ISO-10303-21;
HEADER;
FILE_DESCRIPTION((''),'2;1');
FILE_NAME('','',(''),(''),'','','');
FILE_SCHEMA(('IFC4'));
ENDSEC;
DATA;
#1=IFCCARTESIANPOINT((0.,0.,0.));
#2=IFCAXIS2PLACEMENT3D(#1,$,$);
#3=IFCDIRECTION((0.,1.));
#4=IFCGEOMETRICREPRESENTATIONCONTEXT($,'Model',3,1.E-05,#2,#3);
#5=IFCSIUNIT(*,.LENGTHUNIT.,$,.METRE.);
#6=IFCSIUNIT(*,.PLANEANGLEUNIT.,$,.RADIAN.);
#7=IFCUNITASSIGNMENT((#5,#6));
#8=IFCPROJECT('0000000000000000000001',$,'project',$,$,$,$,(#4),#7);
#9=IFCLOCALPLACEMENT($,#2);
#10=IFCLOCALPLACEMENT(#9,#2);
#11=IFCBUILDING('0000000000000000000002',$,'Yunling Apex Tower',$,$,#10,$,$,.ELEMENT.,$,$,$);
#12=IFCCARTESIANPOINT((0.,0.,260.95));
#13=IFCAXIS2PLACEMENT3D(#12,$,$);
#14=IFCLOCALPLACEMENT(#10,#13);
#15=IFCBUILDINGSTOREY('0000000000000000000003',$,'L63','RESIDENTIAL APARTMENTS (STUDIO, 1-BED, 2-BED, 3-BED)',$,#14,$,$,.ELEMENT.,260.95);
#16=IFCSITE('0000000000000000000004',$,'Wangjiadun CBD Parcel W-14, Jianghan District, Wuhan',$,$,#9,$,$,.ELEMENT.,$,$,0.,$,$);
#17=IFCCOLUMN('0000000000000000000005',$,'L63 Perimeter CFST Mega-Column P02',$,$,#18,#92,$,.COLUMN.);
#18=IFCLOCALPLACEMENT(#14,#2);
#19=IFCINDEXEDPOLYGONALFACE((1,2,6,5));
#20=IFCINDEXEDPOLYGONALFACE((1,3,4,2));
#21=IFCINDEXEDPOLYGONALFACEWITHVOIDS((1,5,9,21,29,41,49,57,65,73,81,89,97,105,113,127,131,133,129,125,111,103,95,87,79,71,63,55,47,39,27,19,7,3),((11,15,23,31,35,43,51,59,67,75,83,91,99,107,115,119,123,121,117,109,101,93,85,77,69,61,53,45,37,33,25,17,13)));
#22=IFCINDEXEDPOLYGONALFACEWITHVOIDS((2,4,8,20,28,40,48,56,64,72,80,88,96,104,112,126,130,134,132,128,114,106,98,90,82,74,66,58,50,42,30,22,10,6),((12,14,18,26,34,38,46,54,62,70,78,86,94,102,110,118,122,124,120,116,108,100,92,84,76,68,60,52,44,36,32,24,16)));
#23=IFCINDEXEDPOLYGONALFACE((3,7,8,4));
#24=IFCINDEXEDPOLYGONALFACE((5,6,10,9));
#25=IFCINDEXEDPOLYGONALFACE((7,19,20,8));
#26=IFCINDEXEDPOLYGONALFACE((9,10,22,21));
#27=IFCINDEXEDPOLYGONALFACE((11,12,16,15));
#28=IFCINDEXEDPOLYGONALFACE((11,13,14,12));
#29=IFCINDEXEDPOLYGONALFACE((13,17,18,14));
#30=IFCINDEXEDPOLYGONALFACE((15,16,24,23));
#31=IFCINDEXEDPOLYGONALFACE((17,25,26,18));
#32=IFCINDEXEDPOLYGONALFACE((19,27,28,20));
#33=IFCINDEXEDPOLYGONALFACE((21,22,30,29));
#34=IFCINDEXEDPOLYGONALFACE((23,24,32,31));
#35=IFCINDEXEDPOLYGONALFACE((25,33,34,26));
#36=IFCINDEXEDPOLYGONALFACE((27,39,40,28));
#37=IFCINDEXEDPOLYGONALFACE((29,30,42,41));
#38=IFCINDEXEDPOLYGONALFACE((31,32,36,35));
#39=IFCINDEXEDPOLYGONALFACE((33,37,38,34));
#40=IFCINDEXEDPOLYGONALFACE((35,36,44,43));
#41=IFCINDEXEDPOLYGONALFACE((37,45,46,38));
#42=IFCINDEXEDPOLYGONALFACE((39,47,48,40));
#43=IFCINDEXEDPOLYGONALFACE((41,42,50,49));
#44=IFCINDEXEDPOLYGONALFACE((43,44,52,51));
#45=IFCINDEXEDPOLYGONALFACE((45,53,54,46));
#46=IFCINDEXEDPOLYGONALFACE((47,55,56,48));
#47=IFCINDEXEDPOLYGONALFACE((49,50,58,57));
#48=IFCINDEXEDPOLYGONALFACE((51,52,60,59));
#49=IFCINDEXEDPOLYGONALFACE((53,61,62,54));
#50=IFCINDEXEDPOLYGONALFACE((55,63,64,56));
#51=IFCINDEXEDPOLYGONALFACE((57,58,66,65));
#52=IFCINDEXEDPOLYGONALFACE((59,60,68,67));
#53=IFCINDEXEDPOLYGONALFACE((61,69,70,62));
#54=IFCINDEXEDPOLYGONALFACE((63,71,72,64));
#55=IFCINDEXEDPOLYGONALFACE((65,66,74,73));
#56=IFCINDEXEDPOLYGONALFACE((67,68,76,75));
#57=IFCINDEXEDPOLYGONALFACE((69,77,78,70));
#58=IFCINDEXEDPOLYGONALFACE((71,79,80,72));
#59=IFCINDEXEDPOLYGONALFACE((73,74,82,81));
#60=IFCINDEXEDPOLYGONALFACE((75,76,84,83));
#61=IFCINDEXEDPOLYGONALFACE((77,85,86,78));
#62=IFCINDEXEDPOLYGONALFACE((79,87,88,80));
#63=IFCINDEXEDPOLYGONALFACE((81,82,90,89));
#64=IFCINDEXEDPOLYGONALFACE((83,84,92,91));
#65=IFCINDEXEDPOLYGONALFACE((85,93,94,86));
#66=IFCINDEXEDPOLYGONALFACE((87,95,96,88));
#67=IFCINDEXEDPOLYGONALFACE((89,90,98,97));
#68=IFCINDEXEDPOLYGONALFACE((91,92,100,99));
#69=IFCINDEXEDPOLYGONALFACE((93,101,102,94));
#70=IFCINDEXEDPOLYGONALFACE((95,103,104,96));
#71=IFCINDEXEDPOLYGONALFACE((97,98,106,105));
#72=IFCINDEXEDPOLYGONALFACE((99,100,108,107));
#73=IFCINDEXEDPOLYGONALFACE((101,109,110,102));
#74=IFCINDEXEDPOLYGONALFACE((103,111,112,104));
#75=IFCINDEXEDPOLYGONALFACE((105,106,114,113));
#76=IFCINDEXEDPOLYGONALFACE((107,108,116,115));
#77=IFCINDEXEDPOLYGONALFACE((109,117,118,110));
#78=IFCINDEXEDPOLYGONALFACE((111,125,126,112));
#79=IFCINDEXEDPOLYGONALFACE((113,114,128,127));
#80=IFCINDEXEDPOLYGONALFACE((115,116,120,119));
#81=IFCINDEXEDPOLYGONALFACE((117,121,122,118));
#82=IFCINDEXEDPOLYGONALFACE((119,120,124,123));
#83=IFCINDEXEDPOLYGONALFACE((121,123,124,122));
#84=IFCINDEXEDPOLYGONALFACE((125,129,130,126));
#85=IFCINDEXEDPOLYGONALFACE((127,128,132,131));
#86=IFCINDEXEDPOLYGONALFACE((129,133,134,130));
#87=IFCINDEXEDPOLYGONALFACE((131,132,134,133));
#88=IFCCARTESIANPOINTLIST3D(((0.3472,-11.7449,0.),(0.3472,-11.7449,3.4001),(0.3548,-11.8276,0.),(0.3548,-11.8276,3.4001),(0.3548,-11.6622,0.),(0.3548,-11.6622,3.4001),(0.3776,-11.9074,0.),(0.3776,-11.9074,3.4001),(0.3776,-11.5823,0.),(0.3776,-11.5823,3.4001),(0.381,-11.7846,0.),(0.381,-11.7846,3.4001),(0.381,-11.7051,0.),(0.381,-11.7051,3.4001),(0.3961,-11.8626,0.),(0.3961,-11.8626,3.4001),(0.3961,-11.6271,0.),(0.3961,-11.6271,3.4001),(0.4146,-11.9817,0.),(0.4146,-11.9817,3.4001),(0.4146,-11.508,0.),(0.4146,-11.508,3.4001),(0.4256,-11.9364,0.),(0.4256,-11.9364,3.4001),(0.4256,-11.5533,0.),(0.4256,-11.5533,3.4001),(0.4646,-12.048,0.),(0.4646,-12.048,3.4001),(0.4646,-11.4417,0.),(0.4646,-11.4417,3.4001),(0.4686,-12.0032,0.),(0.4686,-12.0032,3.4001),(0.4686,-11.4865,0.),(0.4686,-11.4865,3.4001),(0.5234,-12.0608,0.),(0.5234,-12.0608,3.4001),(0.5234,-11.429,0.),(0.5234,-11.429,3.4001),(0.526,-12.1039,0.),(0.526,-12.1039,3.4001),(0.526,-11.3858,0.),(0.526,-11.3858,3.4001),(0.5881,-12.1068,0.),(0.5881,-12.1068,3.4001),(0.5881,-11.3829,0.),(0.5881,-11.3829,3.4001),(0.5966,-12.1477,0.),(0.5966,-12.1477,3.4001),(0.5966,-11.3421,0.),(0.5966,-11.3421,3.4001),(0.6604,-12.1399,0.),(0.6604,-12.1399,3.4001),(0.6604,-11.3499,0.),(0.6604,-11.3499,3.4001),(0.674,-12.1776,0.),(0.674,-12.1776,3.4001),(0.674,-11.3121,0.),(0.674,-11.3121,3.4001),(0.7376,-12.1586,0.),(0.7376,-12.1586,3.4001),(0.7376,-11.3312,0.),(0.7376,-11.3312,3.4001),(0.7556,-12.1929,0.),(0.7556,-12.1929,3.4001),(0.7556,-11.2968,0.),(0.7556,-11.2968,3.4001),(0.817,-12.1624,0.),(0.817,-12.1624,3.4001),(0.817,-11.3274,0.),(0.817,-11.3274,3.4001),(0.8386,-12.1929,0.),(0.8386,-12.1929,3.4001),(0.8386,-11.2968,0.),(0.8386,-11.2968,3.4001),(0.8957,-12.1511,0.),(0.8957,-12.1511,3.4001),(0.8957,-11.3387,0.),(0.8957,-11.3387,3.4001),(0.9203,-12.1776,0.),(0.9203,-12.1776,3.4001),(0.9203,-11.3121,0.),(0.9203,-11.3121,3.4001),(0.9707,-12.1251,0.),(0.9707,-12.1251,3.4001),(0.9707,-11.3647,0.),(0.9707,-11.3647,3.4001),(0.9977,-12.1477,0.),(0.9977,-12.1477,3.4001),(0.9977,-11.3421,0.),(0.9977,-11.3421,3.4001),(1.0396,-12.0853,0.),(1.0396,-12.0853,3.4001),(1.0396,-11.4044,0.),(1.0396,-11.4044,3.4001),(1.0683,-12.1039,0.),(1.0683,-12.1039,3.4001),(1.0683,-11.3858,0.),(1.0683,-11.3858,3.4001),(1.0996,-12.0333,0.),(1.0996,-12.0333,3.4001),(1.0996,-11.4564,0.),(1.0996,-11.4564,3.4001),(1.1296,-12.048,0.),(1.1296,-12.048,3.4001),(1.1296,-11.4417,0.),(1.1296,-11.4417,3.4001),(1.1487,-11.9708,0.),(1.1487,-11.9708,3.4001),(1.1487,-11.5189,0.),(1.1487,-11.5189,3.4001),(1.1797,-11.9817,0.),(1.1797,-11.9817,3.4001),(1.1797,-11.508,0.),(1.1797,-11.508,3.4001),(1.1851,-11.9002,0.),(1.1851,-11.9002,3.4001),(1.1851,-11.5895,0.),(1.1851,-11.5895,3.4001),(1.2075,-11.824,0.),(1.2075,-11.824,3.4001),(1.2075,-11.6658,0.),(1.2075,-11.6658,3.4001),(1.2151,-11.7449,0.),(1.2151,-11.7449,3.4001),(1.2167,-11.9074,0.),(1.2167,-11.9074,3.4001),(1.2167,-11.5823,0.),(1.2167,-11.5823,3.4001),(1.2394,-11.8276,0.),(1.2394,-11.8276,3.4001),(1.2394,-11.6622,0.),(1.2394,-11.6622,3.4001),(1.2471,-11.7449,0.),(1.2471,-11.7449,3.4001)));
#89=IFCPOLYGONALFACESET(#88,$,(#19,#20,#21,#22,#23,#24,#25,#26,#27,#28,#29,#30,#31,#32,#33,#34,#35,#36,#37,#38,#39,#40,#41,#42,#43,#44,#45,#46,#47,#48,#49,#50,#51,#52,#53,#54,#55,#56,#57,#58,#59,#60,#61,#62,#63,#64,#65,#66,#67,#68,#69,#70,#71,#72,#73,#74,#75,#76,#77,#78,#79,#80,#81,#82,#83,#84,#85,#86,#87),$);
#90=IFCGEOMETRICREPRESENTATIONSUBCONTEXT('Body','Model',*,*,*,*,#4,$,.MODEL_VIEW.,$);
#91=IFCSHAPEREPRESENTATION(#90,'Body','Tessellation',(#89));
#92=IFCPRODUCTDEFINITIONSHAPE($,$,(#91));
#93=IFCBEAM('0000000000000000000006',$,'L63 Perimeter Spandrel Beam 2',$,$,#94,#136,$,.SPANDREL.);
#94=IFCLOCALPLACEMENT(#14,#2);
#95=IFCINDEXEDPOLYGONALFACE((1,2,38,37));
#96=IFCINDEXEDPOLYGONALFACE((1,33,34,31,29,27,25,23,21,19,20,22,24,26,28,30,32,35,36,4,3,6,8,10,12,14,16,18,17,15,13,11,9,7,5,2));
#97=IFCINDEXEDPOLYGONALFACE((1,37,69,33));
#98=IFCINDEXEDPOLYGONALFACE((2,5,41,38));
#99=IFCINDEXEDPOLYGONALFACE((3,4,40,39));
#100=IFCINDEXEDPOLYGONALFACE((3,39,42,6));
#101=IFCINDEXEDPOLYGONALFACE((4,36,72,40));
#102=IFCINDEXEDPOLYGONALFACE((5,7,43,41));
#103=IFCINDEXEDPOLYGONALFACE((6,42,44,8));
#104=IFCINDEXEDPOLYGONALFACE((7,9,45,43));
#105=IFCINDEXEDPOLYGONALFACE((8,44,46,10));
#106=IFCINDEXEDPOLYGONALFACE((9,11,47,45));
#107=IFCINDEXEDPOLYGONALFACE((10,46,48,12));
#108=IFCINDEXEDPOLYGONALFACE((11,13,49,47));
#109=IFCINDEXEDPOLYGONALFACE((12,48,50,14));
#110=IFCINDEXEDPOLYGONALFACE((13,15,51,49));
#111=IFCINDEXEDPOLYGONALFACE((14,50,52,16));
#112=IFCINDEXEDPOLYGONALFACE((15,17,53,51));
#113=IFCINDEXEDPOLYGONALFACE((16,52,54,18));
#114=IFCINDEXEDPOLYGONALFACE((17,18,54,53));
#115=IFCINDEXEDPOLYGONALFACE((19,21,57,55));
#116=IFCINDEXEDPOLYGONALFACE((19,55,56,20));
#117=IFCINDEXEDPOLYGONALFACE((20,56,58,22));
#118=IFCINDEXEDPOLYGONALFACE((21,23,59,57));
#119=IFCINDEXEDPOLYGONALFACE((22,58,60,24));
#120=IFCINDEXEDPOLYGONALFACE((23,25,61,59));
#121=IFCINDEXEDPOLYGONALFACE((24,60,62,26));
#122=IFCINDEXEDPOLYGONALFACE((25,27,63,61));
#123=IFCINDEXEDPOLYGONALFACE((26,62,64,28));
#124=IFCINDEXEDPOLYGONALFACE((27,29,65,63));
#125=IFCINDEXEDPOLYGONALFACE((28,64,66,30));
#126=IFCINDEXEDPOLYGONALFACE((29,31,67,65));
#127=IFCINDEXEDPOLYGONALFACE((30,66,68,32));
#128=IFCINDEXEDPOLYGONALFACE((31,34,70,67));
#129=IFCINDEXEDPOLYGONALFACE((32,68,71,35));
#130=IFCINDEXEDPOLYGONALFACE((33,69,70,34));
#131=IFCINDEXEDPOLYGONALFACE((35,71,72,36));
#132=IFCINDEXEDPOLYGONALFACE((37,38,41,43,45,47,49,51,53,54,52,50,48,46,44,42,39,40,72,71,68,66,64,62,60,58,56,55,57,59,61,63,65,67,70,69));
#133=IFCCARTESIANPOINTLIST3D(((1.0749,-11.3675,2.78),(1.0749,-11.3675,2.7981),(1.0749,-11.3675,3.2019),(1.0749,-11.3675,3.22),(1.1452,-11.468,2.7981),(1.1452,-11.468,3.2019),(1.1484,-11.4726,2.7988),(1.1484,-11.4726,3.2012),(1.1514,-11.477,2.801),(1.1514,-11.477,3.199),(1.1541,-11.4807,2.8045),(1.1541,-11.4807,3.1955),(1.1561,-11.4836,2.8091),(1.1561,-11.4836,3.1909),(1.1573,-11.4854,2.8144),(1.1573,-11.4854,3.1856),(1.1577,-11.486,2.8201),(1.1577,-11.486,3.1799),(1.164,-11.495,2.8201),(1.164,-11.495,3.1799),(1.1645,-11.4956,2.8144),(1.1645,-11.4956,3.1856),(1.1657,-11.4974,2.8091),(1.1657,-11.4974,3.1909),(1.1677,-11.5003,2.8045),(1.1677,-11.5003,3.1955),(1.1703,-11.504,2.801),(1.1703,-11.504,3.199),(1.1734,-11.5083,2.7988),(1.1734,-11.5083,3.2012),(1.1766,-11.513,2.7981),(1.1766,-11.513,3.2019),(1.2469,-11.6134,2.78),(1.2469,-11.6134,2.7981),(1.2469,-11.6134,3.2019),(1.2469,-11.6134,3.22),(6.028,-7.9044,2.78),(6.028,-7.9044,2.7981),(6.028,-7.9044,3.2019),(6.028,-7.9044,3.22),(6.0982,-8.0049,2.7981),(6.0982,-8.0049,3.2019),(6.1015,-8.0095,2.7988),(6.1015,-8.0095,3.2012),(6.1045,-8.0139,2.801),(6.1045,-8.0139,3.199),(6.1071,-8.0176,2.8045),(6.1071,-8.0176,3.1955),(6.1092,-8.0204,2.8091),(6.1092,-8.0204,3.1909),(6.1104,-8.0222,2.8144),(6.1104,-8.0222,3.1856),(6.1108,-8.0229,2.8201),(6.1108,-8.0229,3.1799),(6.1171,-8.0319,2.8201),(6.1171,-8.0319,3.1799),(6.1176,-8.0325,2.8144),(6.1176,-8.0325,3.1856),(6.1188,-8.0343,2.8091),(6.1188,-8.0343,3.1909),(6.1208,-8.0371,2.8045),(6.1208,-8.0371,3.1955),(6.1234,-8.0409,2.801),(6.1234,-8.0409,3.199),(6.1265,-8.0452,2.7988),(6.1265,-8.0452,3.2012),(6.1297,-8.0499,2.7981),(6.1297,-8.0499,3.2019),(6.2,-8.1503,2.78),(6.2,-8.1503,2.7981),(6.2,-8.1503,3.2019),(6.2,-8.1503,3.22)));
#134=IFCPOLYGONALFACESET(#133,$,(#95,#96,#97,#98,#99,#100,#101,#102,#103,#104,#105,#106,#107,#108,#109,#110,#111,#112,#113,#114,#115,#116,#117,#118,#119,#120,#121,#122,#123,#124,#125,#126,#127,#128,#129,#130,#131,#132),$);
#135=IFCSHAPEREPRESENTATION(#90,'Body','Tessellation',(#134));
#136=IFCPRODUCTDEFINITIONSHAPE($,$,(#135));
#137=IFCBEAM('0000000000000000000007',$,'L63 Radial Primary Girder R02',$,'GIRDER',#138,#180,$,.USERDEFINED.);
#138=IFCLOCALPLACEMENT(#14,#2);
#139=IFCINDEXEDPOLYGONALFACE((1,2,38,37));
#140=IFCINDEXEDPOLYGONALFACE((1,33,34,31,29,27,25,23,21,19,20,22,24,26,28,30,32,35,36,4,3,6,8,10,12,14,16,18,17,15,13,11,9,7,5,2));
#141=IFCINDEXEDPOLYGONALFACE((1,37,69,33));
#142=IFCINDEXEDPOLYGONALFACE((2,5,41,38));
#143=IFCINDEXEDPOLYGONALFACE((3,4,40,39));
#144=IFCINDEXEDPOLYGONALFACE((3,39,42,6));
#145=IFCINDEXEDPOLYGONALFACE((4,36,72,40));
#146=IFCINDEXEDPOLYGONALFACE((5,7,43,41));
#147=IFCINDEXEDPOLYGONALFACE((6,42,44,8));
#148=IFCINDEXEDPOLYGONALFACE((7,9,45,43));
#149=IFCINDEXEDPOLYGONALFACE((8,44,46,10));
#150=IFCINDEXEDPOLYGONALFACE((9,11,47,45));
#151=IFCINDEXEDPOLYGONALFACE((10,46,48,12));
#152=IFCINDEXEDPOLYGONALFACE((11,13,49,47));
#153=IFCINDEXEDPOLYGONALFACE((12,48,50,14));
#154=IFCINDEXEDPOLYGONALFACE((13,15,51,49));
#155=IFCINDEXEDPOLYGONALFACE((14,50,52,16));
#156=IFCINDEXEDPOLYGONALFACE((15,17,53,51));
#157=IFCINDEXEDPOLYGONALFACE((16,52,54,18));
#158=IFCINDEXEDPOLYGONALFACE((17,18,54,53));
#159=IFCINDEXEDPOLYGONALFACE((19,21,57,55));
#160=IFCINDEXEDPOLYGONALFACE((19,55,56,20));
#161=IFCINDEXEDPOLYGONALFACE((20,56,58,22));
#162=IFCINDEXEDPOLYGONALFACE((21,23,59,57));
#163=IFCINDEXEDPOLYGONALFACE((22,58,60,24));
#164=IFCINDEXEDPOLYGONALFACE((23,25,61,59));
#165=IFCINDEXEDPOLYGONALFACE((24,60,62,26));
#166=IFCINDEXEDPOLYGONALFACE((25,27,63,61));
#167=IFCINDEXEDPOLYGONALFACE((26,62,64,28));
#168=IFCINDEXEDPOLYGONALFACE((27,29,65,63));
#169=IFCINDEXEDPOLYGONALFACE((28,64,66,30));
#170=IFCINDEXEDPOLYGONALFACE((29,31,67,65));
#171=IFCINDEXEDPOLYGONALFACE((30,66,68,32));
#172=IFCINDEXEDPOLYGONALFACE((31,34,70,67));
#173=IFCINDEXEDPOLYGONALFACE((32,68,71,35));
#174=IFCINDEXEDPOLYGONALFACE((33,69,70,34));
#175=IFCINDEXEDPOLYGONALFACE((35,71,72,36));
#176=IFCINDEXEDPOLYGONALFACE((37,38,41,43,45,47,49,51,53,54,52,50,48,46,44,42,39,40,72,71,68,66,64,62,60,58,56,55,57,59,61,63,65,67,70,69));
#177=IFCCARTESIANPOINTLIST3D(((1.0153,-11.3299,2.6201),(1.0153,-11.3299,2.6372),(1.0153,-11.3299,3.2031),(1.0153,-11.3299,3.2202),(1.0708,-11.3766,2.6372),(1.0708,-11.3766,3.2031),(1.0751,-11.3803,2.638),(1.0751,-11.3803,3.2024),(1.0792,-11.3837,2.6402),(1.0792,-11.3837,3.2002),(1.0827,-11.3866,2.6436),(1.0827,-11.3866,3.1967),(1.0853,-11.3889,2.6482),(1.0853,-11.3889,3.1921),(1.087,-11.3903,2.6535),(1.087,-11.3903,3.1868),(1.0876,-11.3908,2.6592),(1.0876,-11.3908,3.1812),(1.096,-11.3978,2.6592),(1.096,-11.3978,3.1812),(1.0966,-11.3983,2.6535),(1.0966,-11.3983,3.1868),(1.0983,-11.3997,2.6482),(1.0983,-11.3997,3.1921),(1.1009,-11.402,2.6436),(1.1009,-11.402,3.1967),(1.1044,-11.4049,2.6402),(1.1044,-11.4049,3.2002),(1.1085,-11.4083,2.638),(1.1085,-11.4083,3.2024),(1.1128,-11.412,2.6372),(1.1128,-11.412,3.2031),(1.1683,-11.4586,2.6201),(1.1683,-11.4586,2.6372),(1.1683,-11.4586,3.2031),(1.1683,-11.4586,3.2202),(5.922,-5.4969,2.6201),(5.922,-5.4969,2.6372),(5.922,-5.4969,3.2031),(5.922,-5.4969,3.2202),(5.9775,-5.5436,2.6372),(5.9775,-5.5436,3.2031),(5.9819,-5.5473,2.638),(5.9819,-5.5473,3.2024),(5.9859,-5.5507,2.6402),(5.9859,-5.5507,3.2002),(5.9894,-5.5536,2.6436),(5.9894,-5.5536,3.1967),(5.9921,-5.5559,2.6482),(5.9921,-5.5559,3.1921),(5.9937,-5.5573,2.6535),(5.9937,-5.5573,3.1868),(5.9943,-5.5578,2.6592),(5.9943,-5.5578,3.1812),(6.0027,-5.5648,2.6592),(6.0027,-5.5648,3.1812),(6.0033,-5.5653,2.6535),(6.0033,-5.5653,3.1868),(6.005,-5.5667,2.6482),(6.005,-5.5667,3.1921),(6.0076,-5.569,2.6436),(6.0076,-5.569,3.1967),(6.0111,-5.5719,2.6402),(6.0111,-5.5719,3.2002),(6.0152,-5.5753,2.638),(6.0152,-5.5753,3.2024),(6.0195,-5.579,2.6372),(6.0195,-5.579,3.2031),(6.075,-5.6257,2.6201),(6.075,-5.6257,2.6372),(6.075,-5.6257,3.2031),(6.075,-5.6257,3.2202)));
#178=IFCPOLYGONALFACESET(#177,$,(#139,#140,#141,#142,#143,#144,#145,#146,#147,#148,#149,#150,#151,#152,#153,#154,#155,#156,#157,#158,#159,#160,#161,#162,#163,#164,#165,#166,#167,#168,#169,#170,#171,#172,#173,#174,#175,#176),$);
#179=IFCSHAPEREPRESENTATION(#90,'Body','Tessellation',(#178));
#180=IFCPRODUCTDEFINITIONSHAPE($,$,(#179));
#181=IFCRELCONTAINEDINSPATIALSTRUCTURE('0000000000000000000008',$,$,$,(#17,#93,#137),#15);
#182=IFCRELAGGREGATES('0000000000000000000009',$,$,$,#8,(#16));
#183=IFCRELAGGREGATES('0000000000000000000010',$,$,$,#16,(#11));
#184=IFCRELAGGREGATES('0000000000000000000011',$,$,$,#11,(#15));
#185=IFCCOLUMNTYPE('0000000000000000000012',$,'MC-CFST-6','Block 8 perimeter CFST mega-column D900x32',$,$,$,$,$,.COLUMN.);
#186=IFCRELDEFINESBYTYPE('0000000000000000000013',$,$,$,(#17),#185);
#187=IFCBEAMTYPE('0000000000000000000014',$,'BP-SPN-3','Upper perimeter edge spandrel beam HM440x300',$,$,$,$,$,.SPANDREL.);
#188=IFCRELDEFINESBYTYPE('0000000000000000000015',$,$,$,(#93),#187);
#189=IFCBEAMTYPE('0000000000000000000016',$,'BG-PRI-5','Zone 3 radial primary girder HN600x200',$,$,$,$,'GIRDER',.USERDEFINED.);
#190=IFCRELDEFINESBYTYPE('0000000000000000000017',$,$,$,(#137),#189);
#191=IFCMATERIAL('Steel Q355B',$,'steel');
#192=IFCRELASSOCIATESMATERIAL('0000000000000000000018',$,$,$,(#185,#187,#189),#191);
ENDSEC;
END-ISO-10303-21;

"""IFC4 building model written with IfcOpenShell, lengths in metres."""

from ifc_helpers import new_model, si_unit, direction, frame, origin, origin_2d, place, context, subcontext, project, spatial, hollow_circle, i_section, extrude, source, transform, mapped, material, material_profile, profile_set, type_object, element, save


model = new_model("IFC4")

# Units and contexts
model_context = context("Model", 3, precision=1e-05, world=origin(), true_north=direction((0.0, 1.0)))
body_context = subcontext(model_context, "Body", "Model", "MODEL_VIEW")
ifc_project = project(units=[si_unit("LENGTHUNIT", "METRE"), si_unit("PLANEANGLEUNIT", "RADIAN")], contexts=[model_context])

# Site, building, storey
site_placement = place(None, origin())
site = spatial("IfcSite", under=ifc_project, at=site_placement, Name="Wangjiadun CBD Parcel W-14, Jianghan District, Wuhan", CompositionType="ELEMENT", RefElevation=0.0)
building_placement = place(site_placement, origin())
building = spatial("IfcBuilding", under=site, at=building_placement, Name="Yunling Apex Tower", CompositionType="ELEMENT")
storey_placement = place(building_placement, frame((0.0, 0.0, 260.95)))
storey = spatial("IfcBuildingStorey", under=building, at=storey_placement, Name="L63", Description="RESIDENTIAL APARTMENTS (STUDIO, 1-BED, 2-BED, 3-BED)", CompositionType="ELEMENT", Elevation=260.95)

# Column
ifc_material_1 = material(Name="Steel Q355B", Category="steel")
ifc_material_profile_1 = material_profile(ifc_material_1, hollow_circle(Radius=0.45, WallThickness=0.032, at=origin_2d()))
ifc_profile_set_1 = profile_set([ifc_material_profile_1], Name="Steel Q355B")
column_type = type_object("IfcColumnType", Name="MC-CFST-6", Description="Block 8 perimeter CFST mega-column D900x32", PredefinedType="COLUMN", material=ifc_profile_set_1)
shared_shape_1 = source(origin(), body_context, "Body", "SweptSolid", [
    extrude(hollow_circle(Radius=0.45, WallThickness=0.032, at=origin_2d()), origin(), (0.0, 0.0, 1.0), 3.4001),
])
column_placement = place(storey_placement, frame((0.7971, -11.7449, 0.0), z_axis=(0.0, 0.0, 1.0), x_axis=(1.0, 0.0, 0.0)))
element("IfcColumn", 1, at=column_placement, inside=storey, type_object=column_type, Name="L63 Perimeter CFST Mega-Column P02", PredefinedType="COLUMN", context=body_context, shape_type="MappedRepresentation", body=[
    mapped(shared_shape_1, transform((0.0, 0.0, 0.0), scale=1.0)),
])

# Beams
ifc_material_profile_2 = material_profile(ifc_material_1, i_section(OverallWidth=0.3, OverallDepth=0.4399, WebThickness=0.011, FlangeThickness=0.0181, FilletRadius=0.022, at=origin_2d()))
ifc_profile_set_2 = profile_set([ifc_material_profile_2], Name="Steel Q355B")
beam_type_1 = type_object("IfcBeamType", Name="BP-SPN-3", Description="Upper perimeter edge spandrel beam HM440x300", PredefinedType="SPANDREL", material=ifc_profile_set_2)
shared_shape_2 = source(origin(), body_context, "Body", "SweptSolid", [
    extrude(i_section(OverallWidth=0.3, OverallDepth=0.4399, WebThickness=0.011, FlangeThickness=0.0181, FilletRadius=0.022, at=origin_2d()), origin(), (0.0, 0.0, 1.0), 6.0437),
])
beam_1_placement = place(storey_placement, frame((1.1609, -11.4905, 3.0), z_axis=(0.819547, 0.573012, 0.0), x_axis=(-0.573012, 0.819547, 0.0)))
element("IfcBeam", 2, at=beam_1_placement, inside=storey, type_object=beam_type_1, Name="L63 Perimeter Spandrel Beam 2", PredefinedType="SPANDREL", context=body_context, shape_type="MappedRepresentation", body=[
    mapped(shared_shape_2, transform((0.0, 0.0, 0.0), scale=1.0)),
])
ifc_material_profile_3 = material_profile(ifc_material_1, i_section(OverallWidth=0.2, OverallDepth=0.6001, WebThickness=0.011, FlangeThickness=0.0171, FilletRadius=0.022, at=origin_2d()))
ifc_profile_set_3 = profile_set([ifc_material_profile_3], Name="Steel Q355B")
beam_type_2 = type_object("IfcBeamType", Name="BG-PRI-5", Description="Zone 3 radial primary girder HN600x200", ElementType="GIRDER", PredefinedType="USERDEFINED", material=ifc_profile_set_3)
shared_shape_3 = source(origin(), body_context, "Body", "SweptSolid", [
    extrude(i_section(OverallWidth=0.2, OverallDepth=0.6001, WebThickness=0.011, FlangeThickness=0.0171, FilletRadius=0.022, at=origin_2d()), origin(), (0.0, 0.0, 1.0), 7.6223),
])
beam_2_placement = place(storey_placement, frame((1.0918, -11.3943, 2.9202), z_axis=(0.643731, 0.765252, 0.0), x_axis=(-0.765252, 0.643731, 0.0)))
element("IfcBeam", 3, at=beam_2_placement, inside=storey, type_object=beam_type_2, Name="L63 Radial Primary Girder R02", ObjectType="GIRDER", PredefinedType="USERDEFINED", context=body_context, shape_type="MappedRepresentation", body=[
    mapped(shared_shape_3, transform((0.0, 0.0, 0.0), scale=1.0)),
])

save(model, "model.ifc")
